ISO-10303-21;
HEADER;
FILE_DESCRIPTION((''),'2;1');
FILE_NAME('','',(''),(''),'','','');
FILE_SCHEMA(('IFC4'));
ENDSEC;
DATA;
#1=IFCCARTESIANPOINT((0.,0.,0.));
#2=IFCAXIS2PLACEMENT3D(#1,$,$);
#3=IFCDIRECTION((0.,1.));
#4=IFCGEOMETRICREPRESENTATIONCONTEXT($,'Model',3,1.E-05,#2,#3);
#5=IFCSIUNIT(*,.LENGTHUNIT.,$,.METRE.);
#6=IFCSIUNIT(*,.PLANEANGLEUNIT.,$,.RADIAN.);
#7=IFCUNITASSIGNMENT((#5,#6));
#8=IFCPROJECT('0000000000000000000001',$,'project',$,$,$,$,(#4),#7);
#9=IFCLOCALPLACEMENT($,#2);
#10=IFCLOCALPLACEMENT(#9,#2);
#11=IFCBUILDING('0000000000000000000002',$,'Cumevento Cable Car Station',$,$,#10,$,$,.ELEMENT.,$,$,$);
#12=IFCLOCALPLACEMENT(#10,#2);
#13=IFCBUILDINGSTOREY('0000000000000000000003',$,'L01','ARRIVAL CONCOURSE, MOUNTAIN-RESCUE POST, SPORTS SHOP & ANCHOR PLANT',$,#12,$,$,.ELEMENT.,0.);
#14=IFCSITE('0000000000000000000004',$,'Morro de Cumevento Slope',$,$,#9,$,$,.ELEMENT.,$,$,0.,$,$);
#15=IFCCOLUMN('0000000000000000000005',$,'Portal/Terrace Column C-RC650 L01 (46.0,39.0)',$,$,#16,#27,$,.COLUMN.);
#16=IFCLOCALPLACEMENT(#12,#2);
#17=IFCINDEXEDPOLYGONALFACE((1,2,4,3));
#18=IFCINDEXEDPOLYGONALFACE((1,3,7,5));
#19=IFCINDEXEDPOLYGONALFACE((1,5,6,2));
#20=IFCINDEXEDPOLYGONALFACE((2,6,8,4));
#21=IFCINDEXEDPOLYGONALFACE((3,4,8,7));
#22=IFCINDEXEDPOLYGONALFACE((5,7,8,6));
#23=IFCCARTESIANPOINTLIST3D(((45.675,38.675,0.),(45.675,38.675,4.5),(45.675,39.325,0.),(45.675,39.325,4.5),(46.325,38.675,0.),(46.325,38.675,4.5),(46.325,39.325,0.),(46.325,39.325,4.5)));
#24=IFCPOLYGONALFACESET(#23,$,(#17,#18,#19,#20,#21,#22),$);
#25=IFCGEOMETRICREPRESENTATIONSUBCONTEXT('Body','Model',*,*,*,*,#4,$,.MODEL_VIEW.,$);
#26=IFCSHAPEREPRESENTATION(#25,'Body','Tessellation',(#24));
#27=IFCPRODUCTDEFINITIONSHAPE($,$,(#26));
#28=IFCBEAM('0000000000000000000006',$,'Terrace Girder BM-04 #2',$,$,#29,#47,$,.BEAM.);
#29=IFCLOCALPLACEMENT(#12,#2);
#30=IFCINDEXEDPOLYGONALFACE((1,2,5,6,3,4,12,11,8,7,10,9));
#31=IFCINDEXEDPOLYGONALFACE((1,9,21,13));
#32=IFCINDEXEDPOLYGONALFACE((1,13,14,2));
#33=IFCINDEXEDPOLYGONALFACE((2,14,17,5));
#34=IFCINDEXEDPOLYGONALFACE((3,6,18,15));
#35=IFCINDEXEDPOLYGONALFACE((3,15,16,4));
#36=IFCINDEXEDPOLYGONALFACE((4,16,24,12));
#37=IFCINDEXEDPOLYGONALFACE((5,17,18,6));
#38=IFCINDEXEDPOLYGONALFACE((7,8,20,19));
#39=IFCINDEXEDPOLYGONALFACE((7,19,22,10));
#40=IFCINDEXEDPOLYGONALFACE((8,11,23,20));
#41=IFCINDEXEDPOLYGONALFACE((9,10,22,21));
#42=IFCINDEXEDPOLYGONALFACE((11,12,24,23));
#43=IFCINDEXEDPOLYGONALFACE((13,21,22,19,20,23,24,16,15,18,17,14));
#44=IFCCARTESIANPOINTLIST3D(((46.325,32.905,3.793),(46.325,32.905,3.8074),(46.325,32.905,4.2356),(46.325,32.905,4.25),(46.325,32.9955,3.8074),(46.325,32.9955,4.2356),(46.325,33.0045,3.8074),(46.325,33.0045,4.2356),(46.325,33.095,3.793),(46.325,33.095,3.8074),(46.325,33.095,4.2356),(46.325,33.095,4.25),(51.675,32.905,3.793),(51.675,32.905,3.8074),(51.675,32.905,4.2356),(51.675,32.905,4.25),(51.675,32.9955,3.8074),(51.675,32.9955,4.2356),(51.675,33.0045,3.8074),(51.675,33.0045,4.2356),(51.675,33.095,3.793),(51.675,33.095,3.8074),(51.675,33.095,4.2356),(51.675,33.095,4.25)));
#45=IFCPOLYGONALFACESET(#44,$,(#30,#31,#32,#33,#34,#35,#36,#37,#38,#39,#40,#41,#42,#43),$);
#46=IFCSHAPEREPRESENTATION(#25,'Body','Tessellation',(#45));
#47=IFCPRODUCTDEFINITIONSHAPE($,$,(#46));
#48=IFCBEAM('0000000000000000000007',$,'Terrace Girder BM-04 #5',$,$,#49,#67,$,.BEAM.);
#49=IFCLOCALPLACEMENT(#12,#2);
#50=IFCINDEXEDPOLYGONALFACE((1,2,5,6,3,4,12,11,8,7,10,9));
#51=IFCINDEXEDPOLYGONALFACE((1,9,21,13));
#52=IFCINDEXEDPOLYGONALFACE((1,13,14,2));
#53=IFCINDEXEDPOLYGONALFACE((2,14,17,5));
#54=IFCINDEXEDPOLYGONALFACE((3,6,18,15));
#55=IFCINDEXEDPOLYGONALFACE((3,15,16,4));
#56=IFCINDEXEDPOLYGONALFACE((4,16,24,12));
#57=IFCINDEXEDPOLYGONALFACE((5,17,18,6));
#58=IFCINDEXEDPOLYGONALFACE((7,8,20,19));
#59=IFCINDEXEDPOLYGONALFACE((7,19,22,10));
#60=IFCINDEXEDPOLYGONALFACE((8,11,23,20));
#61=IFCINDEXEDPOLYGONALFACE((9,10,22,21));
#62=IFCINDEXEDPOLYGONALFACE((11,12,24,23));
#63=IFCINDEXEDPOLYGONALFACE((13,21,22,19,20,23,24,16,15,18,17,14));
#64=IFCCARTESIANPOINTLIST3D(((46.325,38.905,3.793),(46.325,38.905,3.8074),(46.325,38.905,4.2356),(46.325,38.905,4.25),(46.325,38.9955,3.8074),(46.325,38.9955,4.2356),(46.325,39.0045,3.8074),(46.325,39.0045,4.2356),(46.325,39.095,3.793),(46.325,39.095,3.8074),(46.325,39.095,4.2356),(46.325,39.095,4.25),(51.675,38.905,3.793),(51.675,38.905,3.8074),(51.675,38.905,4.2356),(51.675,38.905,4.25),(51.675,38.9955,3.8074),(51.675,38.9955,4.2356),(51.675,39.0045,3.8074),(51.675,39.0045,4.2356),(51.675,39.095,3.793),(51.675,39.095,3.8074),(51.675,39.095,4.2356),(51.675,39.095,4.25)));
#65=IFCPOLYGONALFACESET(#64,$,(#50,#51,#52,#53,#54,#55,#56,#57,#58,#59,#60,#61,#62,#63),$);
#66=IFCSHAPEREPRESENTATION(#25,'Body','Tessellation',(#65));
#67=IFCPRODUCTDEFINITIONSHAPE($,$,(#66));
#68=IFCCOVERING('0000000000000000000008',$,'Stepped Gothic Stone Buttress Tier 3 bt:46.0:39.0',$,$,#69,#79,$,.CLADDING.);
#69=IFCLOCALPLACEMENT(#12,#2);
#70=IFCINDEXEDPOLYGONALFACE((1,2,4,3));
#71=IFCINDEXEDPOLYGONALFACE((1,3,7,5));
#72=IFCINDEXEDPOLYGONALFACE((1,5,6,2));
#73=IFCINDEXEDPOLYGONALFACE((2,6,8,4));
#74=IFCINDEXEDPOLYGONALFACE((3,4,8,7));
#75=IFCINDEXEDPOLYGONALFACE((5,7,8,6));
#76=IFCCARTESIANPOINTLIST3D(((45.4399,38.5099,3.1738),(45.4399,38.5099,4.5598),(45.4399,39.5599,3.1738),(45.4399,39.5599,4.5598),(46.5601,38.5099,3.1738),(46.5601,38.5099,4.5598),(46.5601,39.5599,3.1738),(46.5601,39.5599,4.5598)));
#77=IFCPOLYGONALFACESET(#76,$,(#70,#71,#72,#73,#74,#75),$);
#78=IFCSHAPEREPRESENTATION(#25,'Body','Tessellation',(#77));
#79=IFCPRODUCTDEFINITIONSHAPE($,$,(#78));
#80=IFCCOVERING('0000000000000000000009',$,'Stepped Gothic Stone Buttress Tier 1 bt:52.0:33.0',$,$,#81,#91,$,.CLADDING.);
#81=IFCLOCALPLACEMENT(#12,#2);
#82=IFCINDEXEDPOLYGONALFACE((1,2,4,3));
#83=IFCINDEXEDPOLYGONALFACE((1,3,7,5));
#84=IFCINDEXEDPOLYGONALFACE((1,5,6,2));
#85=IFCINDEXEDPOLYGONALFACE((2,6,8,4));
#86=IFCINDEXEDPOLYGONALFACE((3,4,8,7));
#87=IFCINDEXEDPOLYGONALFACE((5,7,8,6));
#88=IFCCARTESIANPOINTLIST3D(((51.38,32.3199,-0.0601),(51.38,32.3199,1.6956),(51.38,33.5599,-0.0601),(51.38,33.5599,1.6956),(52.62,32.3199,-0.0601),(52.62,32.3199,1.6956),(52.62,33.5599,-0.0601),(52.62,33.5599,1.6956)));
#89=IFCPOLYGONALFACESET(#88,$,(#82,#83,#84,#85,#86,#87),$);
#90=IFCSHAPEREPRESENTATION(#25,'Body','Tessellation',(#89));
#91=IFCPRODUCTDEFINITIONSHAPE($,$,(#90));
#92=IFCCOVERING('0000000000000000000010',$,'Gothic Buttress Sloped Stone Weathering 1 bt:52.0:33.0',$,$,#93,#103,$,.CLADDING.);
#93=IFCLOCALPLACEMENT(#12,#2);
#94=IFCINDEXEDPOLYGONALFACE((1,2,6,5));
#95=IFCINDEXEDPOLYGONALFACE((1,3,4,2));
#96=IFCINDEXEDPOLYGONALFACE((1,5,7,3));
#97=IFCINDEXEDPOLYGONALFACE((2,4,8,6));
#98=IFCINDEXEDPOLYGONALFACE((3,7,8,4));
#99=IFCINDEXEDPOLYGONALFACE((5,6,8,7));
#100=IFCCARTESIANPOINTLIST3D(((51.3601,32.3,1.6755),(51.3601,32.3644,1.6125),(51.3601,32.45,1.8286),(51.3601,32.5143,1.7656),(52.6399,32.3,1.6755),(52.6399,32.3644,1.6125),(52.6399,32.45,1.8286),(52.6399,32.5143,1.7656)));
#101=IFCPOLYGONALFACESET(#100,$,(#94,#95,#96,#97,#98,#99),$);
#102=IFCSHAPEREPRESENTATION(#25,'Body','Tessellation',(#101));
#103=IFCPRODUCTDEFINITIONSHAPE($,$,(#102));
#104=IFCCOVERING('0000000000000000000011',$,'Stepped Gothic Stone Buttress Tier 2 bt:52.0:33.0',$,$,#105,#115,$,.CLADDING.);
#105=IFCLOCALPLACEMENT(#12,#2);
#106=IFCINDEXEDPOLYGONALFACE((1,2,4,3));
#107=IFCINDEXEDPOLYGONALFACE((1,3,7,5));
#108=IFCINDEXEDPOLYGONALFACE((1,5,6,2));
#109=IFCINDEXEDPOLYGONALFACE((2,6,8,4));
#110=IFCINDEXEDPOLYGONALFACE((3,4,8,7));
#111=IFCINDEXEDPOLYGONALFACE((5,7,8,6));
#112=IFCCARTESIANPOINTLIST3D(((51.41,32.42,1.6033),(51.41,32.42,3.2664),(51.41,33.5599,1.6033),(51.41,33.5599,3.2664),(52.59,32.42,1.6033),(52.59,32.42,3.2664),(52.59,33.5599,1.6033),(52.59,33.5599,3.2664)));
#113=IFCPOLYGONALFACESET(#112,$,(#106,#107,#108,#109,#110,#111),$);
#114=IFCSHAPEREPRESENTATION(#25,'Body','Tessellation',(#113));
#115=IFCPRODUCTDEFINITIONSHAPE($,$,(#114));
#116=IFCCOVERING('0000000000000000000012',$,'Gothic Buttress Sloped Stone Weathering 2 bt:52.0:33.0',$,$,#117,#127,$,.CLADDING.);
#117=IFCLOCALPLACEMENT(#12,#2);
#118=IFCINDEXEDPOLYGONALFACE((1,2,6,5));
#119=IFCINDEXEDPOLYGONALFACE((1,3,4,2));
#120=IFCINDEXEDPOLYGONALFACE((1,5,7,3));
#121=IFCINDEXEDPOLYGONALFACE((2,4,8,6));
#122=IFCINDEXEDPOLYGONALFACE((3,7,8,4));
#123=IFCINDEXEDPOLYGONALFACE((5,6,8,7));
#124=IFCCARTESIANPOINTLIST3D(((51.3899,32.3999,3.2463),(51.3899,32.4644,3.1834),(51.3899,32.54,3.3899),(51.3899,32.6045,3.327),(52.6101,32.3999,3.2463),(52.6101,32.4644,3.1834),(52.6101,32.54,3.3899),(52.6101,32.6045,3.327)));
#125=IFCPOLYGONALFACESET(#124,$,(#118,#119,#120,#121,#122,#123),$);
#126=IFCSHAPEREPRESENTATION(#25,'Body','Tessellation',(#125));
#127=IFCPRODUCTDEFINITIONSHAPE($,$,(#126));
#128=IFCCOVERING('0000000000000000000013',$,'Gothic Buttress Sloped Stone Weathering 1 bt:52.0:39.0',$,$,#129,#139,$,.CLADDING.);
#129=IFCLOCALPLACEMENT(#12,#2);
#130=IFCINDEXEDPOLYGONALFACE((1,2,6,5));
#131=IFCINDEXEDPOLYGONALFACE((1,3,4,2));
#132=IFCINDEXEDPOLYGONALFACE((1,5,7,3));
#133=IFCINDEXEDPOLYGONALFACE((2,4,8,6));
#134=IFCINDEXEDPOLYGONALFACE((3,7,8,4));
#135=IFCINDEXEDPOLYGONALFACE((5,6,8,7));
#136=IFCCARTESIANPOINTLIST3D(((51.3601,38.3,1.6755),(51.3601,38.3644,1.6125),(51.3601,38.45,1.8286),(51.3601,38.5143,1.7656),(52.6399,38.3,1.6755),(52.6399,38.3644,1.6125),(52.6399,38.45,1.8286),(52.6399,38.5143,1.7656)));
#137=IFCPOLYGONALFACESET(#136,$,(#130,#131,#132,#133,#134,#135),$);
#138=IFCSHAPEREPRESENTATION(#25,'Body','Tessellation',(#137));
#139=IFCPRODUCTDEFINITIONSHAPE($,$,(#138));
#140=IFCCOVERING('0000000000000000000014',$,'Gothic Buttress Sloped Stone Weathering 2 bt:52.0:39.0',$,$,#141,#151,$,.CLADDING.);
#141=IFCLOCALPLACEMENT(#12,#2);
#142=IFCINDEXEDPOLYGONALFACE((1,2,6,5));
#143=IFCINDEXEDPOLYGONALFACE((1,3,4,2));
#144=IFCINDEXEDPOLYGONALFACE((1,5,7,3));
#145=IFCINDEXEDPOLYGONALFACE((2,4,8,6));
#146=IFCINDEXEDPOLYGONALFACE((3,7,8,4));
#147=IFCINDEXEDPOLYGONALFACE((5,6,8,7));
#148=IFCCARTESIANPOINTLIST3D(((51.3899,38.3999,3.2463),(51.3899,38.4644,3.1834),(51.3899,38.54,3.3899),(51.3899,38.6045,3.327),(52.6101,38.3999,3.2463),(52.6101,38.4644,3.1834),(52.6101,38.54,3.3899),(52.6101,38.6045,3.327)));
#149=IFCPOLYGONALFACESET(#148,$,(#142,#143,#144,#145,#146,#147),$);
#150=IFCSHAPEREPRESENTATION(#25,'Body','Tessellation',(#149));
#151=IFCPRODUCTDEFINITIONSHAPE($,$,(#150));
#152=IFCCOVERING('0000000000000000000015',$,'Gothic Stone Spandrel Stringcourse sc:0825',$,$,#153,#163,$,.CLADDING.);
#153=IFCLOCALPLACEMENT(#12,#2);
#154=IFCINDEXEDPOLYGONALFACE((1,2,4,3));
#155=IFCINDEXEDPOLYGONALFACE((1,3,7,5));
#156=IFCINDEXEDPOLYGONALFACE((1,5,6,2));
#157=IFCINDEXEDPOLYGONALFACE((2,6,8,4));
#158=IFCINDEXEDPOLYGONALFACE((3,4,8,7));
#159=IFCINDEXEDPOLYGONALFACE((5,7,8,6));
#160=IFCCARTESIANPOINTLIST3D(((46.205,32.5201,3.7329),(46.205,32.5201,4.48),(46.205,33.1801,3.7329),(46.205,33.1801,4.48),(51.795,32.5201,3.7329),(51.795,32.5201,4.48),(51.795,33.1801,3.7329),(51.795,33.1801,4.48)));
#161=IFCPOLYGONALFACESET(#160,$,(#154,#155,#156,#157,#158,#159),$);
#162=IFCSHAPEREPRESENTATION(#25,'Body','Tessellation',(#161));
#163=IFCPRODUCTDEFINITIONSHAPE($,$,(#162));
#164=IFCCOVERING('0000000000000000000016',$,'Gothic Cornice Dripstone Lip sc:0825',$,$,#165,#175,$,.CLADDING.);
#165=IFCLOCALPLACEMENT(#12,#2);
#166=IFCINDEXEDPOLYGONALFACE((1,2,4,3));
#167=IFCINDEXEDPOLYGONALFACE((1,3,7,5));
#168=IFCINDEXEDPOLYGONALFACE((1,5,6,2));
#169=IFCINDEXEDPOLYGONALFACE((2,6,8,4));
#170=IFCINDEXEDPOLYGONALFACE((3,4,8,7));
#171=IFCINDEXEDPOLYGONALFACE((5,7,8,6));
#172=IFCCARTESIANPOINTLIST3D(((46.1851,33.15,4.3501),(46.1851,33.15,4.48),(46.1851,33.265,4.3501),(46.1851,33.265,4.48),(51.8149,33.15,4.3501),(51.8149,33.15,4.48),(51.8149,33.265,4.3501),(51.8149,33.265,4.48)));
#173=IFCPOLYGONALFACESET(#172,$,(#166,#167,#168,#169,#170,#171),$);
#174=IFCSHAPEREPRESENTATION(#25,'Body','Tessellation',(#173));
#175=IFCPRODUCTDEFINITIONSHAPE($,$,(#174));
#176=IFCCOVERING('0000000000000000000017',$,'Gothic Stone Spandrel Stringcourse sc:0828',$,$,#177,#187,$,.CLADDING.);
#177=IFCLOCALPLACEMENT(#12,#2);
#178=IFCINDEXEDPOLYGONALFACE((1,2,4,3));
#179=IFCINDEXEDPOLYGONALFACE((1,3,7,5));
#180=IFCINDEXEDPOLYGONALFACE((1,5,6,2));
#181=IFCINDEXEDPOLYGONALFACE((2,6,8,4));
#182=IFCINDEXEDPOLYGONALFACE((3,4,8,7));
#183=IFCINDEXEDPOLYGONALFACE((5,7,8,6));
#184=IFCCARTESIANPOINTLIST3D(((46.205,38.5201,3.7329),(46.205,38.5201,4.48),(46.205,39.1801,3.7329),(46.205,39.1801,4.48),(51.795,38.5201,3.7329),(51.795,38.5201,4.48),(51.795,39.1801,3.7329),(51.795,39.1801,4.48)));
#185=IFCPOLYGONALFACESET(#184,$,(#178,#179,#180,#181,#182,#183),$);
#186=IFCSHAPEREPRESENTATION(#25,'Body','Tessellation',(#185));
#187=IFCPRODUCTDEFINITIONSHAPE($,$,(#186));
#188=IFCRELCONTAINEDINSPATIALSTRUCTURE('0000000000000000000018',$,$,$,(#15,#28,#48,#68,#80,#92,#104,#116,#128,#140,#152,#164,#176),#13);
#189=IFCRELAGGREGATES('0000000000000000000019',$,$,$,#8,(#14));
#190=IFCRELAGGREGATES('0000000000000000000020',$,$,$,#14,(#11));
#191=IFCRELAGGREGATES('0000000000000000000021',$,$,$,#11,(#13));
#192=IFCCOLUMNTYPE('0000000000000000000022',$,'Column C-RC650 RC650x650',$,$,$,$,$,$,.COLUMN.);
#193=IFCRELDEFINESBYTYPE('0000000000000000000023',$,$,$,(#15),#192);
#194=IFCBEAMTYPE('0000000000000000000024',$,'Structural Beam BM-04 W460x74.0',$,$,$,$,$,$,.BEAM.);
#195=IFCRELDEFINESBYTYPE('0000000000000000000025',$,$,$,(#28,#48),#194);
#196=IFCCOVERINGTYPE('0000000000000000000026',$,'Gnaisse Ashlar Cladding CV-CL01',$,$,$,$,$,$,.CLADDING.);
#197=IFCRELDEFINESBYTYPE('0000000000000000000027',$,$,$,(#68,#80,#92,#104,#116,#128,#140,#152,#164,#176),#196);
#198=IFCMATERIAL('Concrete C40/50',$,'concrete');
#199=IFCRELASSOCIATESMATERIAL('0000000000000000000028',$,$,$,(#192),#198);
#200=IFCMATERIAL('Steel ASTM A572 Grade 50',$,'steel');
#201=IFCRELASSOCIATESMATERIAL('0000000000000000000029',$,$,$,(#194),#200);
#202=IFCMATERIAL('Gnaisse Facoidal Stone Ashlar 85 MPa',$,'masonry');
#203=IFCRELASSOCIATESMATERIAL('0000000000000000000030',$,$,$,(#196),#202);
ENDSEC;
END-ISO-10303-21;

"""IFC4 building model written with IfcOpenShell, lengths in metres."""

from ifc_helpers import new_model, si_unit, direction, frame, origin, origin_2d, place, context, subcontext, project, spatial, polyline, rectangle, i_section, outline, extrude, material, material_profile, profile_set, type_object, element, save


model = new_model("IFC4")

# Units and contexts
model_context = context("Model", 3, precision=1e-05, world=origin(), true_north=direction((0.0, 1.0)))
body_context = subcontext(model_context, "Body", "Model", "MODEL_VIEW")
ifc_project = project(units=[si_unit("LENGTHUNIT", "METRE"), si_unit("PLANEANGLEUNIT", "RADIAN")], contexts=[model_context])

# Site, building, storey
site_placement = place(None, origin())
site = spatial("IfcSite", under=ifc_project, at=site_placement, Name="Morro de Cumevento Slope", CompositionType="ELEMENT", RefElevation=0.0)
building_placement = place(site_placement, origin())
building = spatial("IfcBuilding", under=site, at=building_placement, Name="Cumevento Cable Car Station", CompositionType="ELEMENT")
storey_placement = place(building_placement, origin())
storey = spatial("IfcBuildingStorey", under=building, at=storey_placement, Name="L01", Description="ARRIVAL CONCOURSE, MOUNTAIN-RESCUE POST, SPORTS SHOP & ANCHOR PLANT", CompositionType="ELEMENT", Elevation=0.0)

# Column
ifc_material_1 = material(Name="Concrete C40/50", Category="concrete")
ifc_material_profile_1 = material_profile(ifc_material_1, rectangle(XDim=0.6499, YDim=0.6499, at=origin_2d()), Name="RC650x650")
ifc_profile_set_1 = profile_set([ifc_material_profile_1], Name="Concrete C40/50")
column_type = type_object("IfcColumnType", Name="Column C-RC650 RC650x650", PredefinedType="COLUMN", material=ifc_profile_set_1)
column_placement = place(storey_placement, frame((46.0, 39.0, 0.0), z_axis=(0.0, 0.0, 1.0), x_axis=(1.0, 0.0, 0.0)))
element("IfcColumn", 1, at=column_placement, inside=storey, type_object=column_type, Name="Portal/Terrace Column C-RC650 L01 (46.0,39.0)", PredefinedType="COLUMN", context=body_context, shape_type="SweptSolid", body=[
    extrude(rectangle(XDim=0.6499, YDim=0.6499, at=origin_2d()), origin(), (0.0, 0.0, 1.0), 4.5),
])

# Beams
ifc_material_2 = material(Name="Steel ASTM A572 Grade 50", Category="steel")
ifc_material_profile_2 = material_profile(ifc_material_2, i_section(OverallWidth=0.1899, OverallDepth=0.457, WebThickness=0.009, FlangeThickness=0.0144, at=origin_2d()), Name="W460x74.0")
ifc_profile_set_2 = profile_set([ifc_material_profile_2], Name="Steel ASTM A572 Grade 50")
beam_type = type_object("IfcBeamType", Name="Structural Beam BM-04 W460x74.0", PredefinedType="BEAM", material=ifc_profile_set_2)
for number, where, z_axis, x_axis, name in (
    (2, (46.325, 33.0, 4.0215), (1.0, 0.0, 0.0), (0.0, 1.0, 0.0), "Terrace Girder BM-04 #2"),
    (3, (46.325, 39.0, 4.0215), (1.0, 0.0, 0.0), (0.0, 1.0, 0.0), "Terrace Girder BM-04 #5"),
):
    element("IfcBeam", number, at=place(storey_placement, frame(where, z_axis=z_axis, x_axis=x_axis)), inside=storey, type_object=beam_type, Name=name, PredefinedType="BEAM", context=body_context, shape_type="SweptSolid", body=[
        extrude(i_section(OverallWidth=0.1899, OverallDepth=0.457, WebThickness=0.009, FlangeThickness=0.0144, at=origin_2d()), origin(), (0.0, 0.0, 1.0), 5.3501),
    ])

# Coverings
ifc_material_3 = material(Name="Gnaisse Facoidal Stone Ashlar 85 MPa", Category="masonry")
covering_type = type_object("IfcCoveringType", Name="Gnaisse Ashlar Cladding CV-CL01", PredefinedType="CLADDING", material=ifc_material_3)
covering_1_placement = place(storey_placement, frame((46.0, 39.0349, 3.1738), z_axis=(0.0, 0.0, 1.0), x_axis=(1.0, 0.0, 0.0)))
element("IfcCovering", 4, at=covering_1_placement, inside=storey, type_object=covering_type, Name="Stepped Gothic Stone Buttress Tier 3 bt:46.0:39.0", PredefinedType="CLADDING", context=body_context, shape_type="SweptSolid", body=[
    extrude(rectangle(XDim=1.1201, YDim=1.05, at=origin_2d()), origin(), (0.0, 0.0, 1.0), 1.386),
])
covering_2_placement = place(storey_placement, frame((52.0, 32.9399, -0.0601), z_axis=(0.0, 0.0, 1.0), x_axis=(1.0, 0.0, 0.0)))
element("IfcCovering", 5, at=covering_2_placement, inside=storey, type_object=covering_type, Name="Stepped Gothic Stone Buttress Tier 1 bt:52.0:33.0", PredefinedType="CLADDING", context=body_context, shape_type="SweptSolid", body=[
    extrude(rectangle(XDim=1.24, YDim=1.24, at=origin_2d()), origin(), (0.0, 0.0, 1.0), 1.7556),
])
covering_3_placement = place(storey_placement, frame((51.3601, 32.3, 1.6755), z_axis=(0.0, -0.714475, 0.699661), x_axis=(1.0, 0.0, 0.0)))
element("IfcCovering", 6, at=covering_3_placement, inside=storey, type_object=covering_type, Name="Gothic Buttress Sloped Stone Weathering 1 bt:52.0:33.0", PredefinedType="CLADDING", context=body_context, shape_type="SweptSolid", body=[
    extrude(outline(polyline([(0.0, 0.0), (1.2798, 0.0), (1.2798, 0.2142), (0.0, 0.2142), (0.0, 0.0)])), origin(), (0.0, 0.0, -1.0), 0.0901),
])
covering_4_placement = place(storey_placement, frame((52.0, 32.99, 1.6033), z_axis=(0.0, 0.0, 1.0), x_axis=(1.0, 0.0, 0.0)))
element("IfcCovering", 7, at=covering_4_placement, inside=storey, type_object=covering_type, Name="Stepped Gothic Stone Buttress Tier 2 bt:52.0:33.0", PredefinedType="CLADDING", context=body_context, shape_type="SweptSolid", body=[
    extrude(rectangle(XDim=1.1799, YDim=1.1399, at=origin_2d()), origin(), (0.0, 0.0, 1.0), 1.6631),
])
covering_5_placement = place(storey_placement, frame((51.3899, 32.3999, 3.2463), z_axis=(0.0, -0.715574, 0.698537), x_axis=(1.0, 0.0, 0.0)))
element("IfcCovering", 8, at=covering_5_placement, inside=storey, type_object=covering_type, Name="Gothic Buttress Sloped Stone Weathering 2 bt:52.0:33.0", PredefinedType="CLADDING", context=body_context, shape_type="SweptSolid", body=[
    extrude(outline(polyline([(0.0, 0.0), (1.2202, 0.0), (1.2202, 0.2006), (0.0, 0.2006), (0.0, 0.0)])), origin(), (0.0, 0.0, -1.0), 0.0901),
])
covering_6_placement = place(storey_placement, frame((51.3601, 38.3, 1.6755), z_axis=(0.0, -0.714475, 0.699661), x_axis=(1.0, 0.0, 0.0)))
element("IfcCovering", 9, at=covering_6_placement, inside=storey, type_object=covering_type, Name="Gothic Buttress Sloped Stone Weathering 1 bt:52.0:39.0", PredefinedType="CLADDING", context=body_context, shape_type="SweptSolid", body=[
    extrude(outline(polyline([(0.0, 0.0), (1.2798, 0.0), (1.2798, 0.2142), (0.0, 0.2142), (0.0, 0.0)])), origin(), (0.0, 0.0, -1.0), 0.0901),
])
covering_7_placement = place(storey_placement, frame((51.3899, 38.3999, 3.2463), z_axis=(0.0, -0.715574, 0.698537), x_axis=(1.0, 0.0, 0.0)))
element("IfcCovering", 10, at=covering_7_placement, inside=storey, type_object=covering_type, Name="Gothic Buttress Sloped Stone Weathering 2 bt:52.0:39.0", PredefinedType="CLADDING", context=body_context, shape_type="SweptSolid", body=[
    extrude(outline(polyline([(0.0, 0.0), (1.2202, 0.0), (1.2202, 0.2006), (0.0, 0.2006), (0.0, 0.0)])), origin(), (0.0, 0.0, -1.0), 0.0901),
])
covering_8_placement = place(storey_placement, frame((49.0, 32.8501, 3.7329), z_axis=(0.0, 0.0, 1.0), x_axis=(1.0, 0.0, 0.0)))
element("IfcCovering", 11, at=covering_8_placement, inside=storey, type_object=covering_type, Name="Gothic Stone Spandrel Stringcourse sc:0825", PredefinedType="CLADDING", context=body_context, shape_type="SweptSolid", body=[
    extrude(rectangle(XDim=5.5901, YDim=0.6599, at=origin_2d()), origin(), (0.0, 0.0, 1.0), 0.7471),
])
covering_9_placement = place(storey_placement, frame((49.0, 33.2075, 4.3501), z_axis=(0.0, 0.0, 1.0), x_axis=(1.0, 0.0, 0.0)))
element("IfcCovering", 12, at=covering_9_placement, inside=storey, type_object=covering_type, Name="Gothic Cornice Dripstone Lip sc:0825", PredefinedType="CLADDING", context=body_context, shape_type="SweptSolid", body=[
    extrude(rectangle(XDim=5.6299, YDim=0.115, at=origin_2d()), origin(), (0.0, 0.0, 1.0), 0.1299),
])
for number, where, z_axis, x_axis, name in (
    (13, (49.0, 38.8501, 3.7329), (0.0, 0.0, 1.0), (1.0, 0.0, 0.0), "Gothic Stone Spandrel Stringcourse sc:0828"),
):
    element("IfcCovering", number, at=place(storey_placement, frame(where, z_axis=z_axis, x_axis=x_axis)), inside=storey, type_object=covering_type, Name=name, PredefinedType="CLADDING", context=body_context, shape_type="SweptSolid", body=[
        extrude(rectangle(XDim=5.5901, YDim=0.6599, at=origin_2d()), origin(), (0.0, 0.0, 1.0), 0.7471),
    ])

save(model, "model.ifc")
